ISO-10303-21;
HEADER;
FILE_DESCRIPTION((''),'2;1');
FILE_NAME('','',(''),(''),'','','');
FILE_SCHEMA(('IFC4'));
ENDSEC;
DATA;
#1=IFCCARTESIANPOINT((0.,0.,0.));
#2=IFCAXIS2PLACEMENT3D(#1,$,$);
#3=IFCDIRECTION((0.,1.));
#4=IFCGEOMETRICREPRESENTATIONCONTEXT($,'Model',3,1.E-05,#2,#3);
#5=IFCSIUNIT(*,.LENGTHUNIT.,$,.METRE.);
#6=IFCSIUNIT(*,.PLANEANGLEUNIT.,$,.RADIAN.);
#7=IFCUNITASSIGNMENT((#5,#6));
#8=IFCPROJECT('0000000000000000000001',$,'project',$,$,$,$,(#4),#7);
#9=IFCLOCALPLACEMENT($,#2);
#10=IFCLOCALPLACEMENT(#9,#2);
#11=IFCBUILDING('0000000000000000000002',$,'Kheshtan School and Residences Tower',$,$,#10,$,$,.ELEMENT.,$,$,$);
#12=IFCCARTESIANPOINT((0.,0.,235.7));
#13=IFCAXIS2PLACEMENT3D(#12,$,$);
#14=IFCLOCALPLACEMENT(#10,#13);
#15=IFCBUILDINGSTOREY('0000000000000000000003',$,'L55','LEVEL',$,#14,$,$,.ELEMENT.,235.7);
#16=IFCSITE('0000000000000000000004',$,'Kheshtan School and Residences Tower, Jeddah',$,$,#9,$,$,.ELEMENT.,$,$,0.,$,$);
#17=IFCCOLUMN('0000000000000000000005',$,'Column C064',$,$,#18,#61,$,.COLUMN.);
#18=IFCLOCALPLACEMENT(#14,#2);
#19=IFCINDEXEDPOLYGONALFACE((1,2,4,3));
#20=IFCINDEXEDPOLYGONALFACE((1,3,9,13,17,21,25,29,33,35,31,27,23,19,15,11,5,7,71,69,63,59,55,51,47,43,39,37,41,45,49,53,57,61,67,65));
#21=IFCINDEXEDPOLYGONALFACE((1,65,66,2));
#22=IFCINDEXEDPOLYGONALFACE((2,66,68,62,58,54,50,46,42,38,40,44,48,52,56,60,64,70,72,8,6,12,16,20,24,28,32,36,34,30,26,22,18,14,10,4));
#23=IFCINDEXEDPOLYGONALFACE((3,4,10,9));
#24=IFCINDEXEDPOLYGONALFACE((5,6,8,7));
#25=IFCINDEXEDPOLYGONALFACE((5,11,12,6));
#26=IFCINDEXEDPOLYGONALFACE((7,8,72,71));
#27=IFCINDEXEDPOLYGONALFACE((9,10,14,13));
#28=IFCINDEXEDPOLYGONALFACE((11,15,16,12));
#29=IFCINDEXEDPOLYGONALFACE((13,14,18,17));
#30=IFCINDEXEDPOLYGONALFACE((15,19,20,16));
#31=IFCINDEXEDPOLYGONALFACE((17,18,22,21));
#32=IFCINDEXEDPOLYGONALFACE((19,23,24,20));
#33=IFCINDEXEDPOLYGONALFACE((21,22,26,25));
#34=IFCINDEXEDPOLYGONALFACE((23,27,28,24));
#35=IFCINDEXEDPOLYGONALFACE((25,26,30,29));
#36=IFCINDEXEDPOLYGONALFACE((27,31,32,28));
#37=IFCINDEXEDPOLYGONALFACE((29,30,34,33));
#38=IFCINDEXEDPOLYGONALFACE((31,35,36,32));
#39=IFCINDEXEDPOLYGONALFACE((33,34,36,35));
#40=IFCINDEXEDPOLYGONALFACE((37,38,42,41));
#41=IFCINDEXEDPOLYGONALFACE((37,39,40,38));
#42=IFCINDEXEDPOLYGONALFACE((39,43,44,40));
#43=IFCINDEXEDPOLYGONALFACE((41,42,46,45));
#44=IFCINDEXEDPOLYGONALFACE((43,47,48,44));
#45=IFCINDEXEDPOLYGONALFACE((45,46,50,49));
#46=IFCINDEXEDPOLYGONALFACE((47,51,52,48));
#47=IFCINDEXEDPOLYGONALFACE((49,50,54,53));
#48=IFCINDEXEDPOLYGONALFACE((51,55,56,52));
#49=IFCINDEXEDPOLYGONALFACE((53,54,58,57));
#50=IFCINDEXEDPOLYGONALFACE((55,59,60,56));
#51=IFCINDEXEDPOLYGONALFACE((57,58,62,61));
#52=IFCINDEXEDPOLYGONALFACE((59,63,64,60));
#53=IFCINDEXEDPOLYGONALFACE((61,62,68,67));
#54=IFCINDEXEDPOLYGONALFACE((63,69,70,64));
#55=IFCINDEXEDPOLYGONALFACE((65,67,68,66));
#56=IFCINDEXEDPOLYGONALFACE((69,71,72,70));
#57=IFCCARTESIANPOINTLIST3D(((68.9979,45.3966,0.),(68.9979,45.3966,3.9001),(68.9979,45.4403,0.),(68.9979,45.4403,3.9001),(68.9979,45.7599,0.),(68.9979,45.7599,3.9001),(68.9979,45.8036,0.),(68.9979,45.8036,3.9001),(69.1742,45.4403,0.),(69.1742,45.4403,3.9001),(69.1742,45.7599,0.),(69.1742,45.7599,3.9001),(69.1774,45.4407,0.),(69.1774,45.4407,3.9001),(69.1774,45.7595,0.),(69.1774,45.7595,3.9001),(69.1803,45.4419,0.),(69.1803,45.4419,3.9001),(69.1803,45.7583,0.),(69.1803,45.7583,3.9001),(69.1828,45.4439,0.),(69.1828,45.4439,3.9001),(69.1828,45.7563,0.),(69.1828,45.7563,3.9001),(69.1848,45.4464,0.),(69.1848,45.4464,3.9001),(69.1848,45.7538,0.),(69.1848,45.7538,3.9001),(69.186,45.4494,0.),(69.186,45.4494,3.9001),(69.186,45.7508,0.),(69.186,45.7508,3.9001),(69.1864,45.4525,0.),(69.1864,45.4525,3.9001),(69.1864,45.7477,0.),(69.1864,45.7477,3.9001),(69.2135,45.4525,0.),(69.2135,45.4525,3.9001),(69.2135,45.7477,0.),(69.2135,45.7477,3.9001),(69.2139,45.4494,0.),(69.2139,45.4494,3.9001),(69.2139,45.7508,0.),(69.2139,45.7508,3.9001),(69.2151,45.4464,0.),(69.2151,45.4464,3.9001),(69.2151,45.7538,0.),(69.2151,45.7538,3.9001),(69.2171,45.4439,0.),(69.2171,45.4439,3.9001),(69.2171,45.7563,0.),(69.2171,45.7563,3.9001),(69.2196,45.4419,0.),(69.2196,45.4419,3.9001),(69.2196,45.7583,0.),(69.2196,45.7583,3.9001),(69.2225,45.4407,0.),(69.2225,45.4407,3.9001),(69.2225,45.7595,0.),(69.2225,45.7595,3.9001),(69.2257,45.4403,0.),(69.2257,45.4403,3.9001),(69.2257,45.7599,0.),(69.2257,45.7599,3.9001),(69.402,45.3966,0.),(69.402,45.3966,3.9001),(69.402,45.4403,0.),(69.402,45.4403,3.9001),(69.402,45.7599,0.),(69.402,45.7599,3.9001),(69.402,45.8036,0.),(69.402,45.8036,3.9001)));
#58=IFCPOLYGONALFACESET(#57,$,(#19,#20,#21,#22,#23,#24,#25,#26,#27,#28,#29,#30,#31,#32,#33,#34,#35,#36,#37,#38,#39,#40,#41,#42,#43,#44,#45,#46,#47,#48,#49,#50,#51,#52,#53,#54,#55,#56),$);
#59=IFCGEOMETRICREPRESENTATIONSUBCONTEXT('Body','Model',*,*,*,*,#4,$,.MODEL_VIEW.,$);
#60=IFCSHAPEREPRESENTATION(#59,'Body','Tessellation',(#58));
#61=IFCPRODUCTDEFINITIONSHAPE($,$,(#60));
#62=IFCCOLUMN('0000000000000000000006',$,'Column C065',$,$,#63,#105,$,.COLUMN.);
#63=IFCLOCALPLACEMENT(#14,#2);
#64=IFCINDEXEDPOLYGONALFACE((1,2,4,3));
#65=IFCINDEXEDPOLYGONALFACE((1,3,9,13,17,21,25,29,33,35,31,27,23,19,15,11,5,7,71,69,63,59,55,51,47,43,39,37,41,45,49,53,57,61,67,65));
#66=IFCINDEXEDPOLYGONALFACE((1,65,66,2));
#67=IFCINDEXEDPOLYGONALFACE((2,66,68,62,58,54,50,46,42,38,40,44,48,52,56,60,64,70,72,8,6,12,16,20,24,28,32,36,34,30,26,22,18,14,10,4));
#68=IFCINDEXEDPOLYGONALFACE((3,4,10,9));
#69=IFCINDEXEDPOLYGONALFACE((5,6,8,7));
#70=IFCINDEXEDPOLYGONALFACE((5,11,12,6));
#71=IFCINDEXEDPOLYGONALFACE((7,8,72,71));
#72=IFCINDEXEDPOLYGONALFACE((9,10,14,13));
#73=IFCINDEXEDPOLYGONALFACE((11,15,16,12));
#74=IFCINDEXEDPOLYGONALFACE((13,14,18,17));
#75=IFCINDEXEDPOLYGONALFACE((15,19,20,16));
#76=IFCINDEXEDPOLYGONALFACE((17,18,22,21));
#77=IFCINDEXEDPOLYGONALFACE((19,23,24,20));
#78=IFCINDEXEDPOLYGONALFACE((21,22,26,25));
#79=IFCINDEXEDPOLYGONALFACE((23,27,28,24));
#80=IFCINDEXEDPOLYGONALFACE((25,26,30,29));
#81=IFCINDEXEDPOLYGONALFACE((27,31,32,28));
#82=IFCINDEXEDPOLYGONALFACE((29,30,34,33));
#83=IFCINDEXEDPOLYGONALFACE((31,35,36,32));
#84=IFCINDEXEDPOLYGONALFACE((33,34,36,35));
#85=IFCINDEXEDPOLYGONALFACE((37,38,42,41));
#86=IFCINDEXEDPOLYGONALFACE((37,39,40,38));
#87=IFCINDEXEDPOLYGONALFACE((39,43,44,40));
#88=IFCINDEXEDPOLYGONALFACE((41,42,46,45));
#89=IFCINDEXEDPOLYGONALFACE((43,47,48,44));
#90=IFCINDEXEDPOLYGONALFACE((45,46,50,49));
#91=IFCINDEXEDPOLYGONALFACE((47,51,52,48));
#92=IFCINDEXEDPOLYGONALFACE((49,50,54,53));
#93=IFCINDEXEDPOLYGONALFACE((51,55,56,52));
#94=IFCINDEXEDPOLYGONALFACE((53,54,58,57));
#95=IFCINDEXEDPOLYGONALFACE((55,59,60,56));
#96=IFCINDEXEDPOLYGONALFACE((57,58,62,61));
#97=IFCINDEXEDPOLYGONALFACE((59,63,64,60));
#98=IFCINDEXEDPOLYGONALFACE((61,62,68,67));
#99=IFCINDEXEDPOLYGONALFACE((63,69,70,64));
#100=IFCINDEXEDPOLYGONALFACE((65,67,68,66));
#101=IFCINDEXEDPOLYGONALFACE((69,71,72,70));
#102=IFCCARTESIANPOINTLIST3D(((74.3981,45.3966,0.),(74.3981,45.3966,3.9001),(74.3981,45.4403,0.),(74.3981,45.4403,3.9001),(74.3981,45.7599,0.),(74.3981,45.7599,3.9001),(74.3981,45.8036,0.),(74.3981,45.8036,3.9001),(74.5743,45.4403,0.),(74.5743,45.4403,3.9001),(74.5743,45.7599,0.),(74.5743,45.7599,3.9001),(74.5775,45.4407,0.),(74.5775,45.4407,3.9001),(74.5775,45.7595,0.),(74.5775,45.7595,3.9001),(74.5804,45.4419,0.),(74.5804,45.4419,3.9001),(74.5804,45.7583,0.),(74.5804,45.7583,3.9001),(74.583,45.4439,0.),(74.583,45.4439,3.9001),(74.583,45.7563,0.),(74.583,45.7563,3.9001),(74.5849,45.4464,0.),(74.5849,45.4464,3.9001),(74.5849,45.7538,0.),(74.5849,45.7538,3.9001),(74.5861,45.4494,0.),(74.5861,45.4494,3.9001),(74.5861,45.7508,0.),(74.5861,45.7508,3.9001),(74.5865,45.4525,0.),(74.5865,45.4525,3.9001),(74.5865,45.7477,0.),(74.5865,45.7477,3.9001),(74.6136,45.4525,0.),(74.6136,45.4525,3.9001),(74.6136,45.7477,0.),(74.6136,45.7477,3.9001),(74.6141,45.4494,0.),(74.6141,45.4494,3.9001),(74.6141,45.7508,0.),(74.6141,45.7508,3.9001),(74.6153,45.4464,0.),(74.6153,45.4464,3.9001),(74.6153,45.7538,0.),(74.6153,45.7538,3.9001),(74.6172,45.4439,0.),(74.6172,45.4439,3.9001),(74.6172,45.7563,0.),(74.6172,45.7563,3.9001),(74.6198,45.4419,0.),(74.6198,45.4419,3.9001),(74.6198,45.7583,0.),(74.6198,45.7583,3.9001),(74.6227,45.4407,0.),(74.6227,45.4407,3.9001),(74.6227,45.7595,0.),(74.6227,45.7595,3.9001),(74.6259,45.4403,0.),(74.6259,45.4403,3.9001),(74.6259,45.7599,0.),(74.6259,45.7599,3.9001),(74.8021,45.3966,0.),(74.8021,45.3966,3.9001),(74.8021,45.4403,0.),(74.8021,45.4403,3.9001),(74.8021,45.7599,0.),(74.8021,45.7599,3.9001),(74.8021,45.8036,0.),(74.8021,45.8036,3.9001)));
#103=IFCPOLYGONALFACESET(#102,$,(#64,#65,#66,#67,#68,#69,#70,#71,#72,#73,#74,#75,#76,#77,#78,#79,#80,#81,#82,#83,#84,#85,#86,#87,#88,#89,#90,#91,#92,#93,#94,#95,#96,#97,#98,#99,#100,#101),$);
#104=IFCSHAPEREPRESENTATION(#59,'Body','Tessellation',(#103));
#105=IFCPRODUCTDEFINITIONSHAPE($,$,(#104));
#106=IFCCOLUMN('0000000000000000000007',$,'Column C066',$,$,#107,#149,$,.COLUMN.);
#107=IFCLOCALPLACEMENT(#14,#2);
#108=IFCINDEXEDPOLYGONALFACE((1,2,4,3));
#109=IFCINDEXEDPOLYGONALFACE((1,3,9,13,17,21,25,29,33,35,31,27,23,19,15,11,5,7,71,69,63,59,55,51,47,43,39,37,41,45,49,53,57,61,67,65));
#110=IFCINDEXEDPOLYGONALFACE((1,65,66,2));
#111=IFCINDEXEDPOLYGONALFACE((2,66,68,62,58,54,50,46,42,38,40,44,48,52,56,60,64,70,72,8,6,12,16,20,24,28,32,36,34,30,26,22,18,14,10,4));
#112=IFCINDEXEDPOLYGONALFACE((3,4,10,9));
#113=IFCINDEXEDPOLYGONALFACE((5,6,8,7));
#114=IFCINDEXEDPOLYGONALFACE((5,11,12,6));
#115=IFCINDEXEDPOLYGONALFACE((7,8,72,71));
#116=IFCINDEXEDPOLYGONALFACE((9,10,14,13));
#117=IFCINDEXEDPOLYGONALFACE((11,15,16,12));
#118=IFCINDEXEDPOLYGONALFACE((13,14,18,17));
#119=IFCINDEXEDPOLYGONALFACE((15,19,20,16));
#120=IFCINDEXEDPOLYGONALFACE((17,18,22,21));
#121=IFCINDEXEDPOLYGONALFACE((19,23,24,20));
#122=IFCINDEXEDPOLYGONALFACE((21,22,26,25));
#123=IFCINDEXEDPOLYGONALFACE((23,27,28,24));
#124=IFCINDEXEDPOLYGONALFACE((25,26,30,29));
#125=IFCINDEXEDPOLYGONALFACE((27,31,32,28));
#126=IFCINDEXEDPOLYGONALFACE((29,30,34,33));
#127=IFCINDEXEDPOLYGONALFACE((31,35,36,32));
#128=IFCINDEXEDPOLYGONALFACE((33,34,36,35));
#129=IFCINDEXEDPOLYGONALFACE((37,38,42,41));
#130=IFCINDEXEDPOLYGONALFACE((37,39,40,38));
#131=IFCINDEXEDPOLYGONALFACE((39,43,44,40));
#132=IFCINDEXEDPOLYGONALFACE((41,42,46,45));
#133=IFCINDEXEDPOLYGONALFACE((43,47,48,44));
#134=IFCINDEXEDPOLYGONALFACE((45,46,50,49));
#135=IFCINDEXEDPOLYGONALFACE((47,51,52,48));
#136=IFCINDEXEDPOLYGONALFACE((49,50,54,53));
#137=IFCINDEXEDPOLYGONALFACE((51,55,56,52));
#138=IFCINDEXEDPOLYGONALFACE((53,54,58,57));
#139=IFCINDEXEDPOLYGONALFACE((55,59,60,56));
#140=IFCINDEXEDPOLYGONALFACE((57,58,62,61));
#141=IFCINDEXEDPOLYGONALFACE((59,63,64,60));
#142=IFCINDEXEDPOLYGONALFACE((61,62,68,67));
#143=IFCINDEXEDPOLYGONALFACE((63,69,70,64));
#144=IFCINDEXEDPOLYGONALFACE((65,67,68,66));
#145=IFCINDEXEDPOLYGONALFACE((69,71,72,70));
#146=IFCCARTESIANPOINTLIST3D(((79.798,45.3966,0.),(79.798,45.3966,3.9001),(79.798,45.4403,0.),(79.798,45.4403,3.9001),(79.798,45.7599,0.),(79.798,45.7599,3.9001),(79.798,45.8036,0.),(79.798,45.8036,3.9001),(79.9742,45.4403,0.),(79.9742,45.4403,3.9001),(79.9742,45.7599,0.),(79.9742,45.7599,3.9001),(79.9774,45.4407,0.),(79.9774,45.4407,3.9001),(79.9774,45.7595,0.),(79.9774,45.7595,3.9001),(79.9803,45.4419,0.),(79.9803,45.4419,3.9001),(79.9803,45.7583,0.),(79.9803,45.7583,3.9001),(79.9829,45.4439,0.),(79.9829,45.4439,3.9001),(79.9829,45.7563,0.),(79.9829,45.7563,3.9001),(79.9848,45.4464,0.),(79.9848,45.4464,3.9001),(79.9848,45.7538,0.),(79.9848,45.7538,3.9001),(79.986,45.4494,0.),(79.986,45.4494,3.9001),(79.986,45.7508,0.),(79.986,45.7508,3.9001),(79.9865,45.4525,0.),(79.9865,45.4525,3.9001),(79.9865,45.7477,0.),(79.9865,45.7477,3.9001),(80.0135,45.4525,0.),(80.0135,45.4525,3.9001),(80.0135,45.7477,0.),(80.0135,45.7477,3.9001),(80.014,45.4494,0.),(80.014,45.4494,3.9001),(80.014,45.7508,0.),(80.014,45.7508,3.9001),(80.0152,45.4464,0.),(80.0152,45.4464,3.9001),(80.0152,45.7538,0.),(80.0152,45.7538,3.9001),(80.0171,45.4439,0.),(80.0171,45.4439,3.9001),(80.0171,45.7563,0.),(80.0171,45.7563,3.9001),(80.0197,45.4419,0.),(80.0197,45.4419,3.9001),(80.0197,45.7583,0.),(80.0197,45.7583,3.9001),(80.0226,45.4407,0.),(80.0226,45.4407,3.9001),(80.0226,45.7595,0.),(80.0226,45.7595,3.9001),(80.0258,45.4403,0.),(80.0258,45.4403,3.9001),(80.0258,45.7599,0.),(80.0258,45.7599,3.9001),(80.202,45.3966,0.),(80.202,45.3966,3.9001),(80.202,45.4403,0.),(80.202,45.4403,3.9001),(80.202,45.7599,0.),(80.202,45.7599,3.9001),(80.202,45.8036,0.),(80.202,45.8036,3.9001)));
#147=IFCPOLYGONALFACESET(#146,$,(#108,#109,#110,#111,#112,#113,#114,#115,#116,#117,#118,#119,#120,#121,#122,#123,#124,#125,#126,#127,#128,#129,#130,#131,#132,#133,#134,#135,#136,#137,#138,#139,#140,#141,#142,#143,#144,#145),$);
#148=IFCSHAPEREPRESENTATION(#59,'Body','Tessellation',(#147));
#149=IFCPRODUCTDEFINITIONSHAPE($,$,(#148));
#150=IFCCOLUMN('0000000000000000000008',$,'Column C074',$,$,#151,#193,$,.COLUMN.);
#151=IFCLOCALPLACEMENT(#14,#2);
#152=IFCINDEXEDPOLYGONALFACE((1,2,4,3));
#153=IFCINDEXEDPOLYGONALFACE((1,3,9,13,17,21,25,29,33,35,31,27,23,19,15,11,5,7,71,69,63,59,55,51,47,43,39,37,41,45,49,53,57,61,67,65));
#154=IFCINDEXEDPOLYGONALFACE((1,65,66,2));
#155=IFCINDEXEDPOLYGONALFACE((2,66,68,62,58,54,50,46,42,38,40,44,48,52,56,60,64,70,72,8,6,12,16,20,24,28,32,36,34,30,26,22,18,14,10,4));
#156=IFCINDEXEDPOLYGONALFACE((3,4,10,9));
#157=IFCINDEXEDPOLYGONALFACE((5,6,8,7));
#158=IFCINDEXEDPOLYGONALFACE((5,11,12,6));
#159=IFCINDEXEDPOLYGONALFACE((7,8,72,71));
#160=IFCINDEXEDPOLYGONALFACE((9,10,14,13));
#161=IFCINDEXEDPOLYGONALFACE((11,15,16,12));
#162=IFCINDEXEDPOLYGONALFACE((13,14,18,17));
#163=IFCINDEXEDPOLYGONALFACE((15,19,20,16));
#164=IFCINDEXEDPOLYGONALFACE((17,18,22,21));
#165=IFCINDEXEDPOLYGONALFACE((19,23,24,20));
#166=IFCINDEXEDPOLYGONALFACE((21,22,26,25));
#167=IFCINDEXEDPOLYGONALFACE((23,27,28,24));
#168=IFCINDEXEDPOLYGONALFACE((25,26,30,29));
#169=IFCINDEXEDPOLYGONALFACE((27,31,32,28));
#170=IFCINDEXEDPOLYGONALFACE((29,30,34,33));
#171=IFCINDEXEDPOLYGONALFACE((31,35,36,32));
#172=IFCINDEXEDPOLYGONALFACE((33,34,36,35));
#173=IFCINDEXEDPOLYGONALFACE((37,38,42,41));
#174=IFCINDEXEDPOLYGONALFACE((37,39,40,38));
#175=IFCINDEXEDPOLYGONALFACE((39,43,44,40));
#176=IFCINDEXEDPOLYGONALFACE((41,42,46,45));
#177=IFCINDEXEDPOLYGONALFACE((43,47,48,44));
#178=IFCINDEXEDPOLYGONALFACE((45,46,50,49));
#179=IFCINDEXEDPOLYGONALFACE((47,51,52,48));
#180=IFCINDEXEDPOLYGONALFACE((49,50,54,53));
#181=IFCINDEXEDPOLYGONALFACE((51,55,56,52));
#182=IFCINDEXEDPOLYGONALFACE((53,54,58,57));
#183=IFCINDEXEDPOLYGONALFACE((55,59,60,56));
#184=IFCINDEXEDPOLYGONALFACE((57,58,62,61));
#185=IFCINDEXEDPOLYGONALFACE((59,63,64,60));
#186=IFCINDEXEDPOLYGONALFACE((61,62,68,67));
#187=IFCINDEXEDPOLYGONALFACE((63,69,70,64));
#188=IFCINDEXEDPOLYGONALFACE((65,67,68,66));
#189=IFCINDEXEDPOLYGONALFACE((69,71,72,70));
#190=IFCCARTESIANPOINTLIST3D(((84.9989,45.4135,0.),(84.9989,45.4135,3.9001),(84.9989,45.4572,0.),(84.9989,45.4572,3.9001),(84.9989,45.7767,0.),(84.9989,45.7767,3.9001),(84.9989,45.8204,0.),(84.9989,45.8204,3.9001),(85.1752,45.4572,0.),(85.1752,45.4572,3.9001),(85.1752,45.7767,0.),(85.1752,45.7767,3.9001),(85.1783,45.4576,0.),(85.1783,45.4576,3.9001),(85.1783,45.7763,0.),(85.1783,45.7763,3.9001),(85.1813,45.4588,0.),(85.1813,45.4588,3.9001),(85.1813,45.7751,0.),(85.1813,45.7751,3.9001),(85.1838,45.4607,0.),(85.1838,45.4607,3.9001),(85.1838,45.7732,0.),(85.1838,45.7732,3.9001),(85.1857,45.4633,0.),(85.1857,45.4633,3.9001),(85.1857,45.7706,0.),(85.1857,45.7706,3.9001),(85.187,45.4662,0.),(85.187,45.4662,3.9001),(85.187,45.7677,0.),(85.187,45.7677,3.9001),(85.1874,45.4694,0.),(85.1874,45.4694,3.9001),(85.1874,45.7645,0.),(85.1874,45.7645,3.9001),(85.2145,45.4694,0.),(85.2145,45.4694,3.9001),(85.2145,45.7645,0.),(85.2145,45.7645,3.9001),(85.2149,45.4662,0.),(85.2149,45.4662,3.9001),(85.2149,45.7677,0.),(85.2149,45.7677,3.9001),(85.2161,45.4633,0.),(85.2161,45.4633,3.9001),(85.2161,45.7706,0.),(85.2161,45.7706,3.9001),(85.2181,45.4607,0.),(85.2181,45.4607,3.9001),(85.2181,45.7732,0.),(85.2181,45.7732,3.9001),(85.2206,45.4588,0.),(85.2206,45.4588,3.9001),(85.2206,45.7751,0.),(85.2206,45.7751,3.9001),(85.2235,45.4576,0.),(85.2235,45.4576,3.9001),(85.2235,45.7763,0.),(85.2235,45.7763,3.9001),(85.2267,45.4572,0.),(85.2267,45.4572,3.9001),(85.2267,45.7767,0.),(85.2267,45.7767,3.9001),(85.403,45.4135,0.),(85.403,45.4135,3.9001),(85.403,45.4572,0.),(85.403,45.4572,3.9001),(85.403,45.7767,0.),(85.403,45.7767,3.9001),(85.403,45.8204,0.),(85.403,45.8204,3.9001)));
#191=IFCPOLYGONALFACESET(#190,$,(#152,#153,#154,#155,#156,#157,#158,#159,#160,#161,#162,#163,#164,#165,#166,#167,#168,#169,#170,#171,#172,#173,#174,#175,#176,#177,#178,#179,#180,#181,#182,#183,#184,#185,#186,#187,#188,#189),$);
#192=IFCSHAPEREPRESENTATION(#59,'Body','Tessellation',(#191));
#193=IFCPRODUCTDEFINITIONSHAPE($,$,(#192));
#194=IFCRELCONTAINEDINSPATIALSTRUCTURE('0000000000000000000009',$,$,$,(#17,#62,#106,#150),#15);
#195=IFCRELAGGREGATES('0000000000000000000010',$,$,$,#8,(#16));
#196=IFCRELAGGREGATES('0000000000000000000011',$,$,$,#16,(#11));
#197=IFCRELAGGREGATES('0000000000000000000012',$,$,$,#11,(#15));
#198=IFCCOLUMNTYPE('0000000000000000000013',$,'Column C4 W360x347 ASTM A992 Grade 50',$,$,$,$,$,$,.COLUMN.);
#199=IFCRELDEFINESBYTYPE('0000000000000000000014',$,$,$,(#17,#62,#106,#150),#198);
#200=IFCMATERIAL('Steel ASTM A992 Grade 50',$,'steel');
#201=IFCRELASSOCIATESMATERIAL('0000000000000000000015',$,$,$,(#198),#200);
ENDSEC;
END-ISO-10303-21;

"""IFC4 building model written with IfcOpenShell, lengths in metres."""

from ifc_helpers import new_model, si_unit, direction, frame, origin, origin_2d, place, context, subcontext, project, spatial, i_section, extrude, material, material_profile, profile_set, type_object, element, save


model = new_model("IFC4")

# Units and contexts
model_context = context("Model", 3, precision=1e-05, world=origin(), true_north=direction((0.0, 1.0)))
body_context = subcontext(model_context, "Body", "Model", "MODEL_VIEW")
ifc_project = project(units=[si_unit("LENGTHUNIT", "METRE"), si_unit("PLANEANGLEUNIT", "RADIAN")], contexts=[model_context])

# Site, building, storey
site_placement = place(None, origin())
site = spatial("IfcSite", under=ifc_project, at=site_placement, Name="Kheshtan School and Residences Tower, Jeddah", CompositionType="ELEMENT", RefElevation=0.0)
building_placement = place(site_placement, origin())
building = spatial("IfcBuilding", under=site, at=building_placement, Name="Kheshtan School and Residences Tower", CompositionType="ELEMENT")
storey_placement = place(building_placement, frame((0.0, 0.0, 235.7)))
storey = spatial("IfcBuildingStorey", under=building, at=storey_placement, Name="L55", Description="LEVEL", CompositionType="ELEMENT", Elevation=235.7)

# Columns
ifc_material_1 = material(Name="Steel ASTM A992 Grade 50", Category="steel")
ifc_material_profile_1 = material_profile(ifc_material_1, i_section(OverallWidth=0.4041, OverallDepth=0.407, WebThickness=0.0271, FlangeThickness=0.0437, FilletRadius=0.0122, at=origin_2d()), Name="W360x347")
ifc_profile_set_1 = profile_set([ifc_material_profile_1], Name="Steel ASTM A992 Grade 50")
column_type = type_object("IfcColumnType", Name="Column C4 W360x347 ASTM A992 Grade 50", PredefinedType="COLUMN", material=ifc_profile_set_1)
for number, where, z_axis, x_axis, name in (
    (1, (69.2, 45.6001, 0.0), (0.0, 0.0, 1.0), (1.0, 0.0, 0.0), "Column C064"),
    (2, (74.6001, 45.6001, 0.0), (0.0, 0.0, 1.0), (1.0, 0.0, 0.0), "Column C065"),
    (3, (80.0, 45.6001, 0.0), (0.0, 0.0, 1.0), (1.0, 0.0, 0.0), "Column C066"),
    (4, (85.2009, 45.6169, 0.0), (0.0, 0.0, 1.0), (1.0, 0.0, 0.0), "Column C074"),
):
    element("IfcColumn", number, at=place(storey_placement, frame(where, z_axis=z_axis, x_axis=x_axis)), inside=storey, type_object=column_type, Name=name, PredefinedType="COLUMN", context=body_context, shape_type="SweptSolid", body=[
        extrude(i_section(OverallWidth=0.4041, OverallDepth=0.407, WebThickness=0.0271, FlangeThickness=0.0437, FilletRadius=0.0122, at=origin_2d()), origin(), (0.0, 0.0, 1.0), 3.9001),
    ])

save(model, "model.ifc")
